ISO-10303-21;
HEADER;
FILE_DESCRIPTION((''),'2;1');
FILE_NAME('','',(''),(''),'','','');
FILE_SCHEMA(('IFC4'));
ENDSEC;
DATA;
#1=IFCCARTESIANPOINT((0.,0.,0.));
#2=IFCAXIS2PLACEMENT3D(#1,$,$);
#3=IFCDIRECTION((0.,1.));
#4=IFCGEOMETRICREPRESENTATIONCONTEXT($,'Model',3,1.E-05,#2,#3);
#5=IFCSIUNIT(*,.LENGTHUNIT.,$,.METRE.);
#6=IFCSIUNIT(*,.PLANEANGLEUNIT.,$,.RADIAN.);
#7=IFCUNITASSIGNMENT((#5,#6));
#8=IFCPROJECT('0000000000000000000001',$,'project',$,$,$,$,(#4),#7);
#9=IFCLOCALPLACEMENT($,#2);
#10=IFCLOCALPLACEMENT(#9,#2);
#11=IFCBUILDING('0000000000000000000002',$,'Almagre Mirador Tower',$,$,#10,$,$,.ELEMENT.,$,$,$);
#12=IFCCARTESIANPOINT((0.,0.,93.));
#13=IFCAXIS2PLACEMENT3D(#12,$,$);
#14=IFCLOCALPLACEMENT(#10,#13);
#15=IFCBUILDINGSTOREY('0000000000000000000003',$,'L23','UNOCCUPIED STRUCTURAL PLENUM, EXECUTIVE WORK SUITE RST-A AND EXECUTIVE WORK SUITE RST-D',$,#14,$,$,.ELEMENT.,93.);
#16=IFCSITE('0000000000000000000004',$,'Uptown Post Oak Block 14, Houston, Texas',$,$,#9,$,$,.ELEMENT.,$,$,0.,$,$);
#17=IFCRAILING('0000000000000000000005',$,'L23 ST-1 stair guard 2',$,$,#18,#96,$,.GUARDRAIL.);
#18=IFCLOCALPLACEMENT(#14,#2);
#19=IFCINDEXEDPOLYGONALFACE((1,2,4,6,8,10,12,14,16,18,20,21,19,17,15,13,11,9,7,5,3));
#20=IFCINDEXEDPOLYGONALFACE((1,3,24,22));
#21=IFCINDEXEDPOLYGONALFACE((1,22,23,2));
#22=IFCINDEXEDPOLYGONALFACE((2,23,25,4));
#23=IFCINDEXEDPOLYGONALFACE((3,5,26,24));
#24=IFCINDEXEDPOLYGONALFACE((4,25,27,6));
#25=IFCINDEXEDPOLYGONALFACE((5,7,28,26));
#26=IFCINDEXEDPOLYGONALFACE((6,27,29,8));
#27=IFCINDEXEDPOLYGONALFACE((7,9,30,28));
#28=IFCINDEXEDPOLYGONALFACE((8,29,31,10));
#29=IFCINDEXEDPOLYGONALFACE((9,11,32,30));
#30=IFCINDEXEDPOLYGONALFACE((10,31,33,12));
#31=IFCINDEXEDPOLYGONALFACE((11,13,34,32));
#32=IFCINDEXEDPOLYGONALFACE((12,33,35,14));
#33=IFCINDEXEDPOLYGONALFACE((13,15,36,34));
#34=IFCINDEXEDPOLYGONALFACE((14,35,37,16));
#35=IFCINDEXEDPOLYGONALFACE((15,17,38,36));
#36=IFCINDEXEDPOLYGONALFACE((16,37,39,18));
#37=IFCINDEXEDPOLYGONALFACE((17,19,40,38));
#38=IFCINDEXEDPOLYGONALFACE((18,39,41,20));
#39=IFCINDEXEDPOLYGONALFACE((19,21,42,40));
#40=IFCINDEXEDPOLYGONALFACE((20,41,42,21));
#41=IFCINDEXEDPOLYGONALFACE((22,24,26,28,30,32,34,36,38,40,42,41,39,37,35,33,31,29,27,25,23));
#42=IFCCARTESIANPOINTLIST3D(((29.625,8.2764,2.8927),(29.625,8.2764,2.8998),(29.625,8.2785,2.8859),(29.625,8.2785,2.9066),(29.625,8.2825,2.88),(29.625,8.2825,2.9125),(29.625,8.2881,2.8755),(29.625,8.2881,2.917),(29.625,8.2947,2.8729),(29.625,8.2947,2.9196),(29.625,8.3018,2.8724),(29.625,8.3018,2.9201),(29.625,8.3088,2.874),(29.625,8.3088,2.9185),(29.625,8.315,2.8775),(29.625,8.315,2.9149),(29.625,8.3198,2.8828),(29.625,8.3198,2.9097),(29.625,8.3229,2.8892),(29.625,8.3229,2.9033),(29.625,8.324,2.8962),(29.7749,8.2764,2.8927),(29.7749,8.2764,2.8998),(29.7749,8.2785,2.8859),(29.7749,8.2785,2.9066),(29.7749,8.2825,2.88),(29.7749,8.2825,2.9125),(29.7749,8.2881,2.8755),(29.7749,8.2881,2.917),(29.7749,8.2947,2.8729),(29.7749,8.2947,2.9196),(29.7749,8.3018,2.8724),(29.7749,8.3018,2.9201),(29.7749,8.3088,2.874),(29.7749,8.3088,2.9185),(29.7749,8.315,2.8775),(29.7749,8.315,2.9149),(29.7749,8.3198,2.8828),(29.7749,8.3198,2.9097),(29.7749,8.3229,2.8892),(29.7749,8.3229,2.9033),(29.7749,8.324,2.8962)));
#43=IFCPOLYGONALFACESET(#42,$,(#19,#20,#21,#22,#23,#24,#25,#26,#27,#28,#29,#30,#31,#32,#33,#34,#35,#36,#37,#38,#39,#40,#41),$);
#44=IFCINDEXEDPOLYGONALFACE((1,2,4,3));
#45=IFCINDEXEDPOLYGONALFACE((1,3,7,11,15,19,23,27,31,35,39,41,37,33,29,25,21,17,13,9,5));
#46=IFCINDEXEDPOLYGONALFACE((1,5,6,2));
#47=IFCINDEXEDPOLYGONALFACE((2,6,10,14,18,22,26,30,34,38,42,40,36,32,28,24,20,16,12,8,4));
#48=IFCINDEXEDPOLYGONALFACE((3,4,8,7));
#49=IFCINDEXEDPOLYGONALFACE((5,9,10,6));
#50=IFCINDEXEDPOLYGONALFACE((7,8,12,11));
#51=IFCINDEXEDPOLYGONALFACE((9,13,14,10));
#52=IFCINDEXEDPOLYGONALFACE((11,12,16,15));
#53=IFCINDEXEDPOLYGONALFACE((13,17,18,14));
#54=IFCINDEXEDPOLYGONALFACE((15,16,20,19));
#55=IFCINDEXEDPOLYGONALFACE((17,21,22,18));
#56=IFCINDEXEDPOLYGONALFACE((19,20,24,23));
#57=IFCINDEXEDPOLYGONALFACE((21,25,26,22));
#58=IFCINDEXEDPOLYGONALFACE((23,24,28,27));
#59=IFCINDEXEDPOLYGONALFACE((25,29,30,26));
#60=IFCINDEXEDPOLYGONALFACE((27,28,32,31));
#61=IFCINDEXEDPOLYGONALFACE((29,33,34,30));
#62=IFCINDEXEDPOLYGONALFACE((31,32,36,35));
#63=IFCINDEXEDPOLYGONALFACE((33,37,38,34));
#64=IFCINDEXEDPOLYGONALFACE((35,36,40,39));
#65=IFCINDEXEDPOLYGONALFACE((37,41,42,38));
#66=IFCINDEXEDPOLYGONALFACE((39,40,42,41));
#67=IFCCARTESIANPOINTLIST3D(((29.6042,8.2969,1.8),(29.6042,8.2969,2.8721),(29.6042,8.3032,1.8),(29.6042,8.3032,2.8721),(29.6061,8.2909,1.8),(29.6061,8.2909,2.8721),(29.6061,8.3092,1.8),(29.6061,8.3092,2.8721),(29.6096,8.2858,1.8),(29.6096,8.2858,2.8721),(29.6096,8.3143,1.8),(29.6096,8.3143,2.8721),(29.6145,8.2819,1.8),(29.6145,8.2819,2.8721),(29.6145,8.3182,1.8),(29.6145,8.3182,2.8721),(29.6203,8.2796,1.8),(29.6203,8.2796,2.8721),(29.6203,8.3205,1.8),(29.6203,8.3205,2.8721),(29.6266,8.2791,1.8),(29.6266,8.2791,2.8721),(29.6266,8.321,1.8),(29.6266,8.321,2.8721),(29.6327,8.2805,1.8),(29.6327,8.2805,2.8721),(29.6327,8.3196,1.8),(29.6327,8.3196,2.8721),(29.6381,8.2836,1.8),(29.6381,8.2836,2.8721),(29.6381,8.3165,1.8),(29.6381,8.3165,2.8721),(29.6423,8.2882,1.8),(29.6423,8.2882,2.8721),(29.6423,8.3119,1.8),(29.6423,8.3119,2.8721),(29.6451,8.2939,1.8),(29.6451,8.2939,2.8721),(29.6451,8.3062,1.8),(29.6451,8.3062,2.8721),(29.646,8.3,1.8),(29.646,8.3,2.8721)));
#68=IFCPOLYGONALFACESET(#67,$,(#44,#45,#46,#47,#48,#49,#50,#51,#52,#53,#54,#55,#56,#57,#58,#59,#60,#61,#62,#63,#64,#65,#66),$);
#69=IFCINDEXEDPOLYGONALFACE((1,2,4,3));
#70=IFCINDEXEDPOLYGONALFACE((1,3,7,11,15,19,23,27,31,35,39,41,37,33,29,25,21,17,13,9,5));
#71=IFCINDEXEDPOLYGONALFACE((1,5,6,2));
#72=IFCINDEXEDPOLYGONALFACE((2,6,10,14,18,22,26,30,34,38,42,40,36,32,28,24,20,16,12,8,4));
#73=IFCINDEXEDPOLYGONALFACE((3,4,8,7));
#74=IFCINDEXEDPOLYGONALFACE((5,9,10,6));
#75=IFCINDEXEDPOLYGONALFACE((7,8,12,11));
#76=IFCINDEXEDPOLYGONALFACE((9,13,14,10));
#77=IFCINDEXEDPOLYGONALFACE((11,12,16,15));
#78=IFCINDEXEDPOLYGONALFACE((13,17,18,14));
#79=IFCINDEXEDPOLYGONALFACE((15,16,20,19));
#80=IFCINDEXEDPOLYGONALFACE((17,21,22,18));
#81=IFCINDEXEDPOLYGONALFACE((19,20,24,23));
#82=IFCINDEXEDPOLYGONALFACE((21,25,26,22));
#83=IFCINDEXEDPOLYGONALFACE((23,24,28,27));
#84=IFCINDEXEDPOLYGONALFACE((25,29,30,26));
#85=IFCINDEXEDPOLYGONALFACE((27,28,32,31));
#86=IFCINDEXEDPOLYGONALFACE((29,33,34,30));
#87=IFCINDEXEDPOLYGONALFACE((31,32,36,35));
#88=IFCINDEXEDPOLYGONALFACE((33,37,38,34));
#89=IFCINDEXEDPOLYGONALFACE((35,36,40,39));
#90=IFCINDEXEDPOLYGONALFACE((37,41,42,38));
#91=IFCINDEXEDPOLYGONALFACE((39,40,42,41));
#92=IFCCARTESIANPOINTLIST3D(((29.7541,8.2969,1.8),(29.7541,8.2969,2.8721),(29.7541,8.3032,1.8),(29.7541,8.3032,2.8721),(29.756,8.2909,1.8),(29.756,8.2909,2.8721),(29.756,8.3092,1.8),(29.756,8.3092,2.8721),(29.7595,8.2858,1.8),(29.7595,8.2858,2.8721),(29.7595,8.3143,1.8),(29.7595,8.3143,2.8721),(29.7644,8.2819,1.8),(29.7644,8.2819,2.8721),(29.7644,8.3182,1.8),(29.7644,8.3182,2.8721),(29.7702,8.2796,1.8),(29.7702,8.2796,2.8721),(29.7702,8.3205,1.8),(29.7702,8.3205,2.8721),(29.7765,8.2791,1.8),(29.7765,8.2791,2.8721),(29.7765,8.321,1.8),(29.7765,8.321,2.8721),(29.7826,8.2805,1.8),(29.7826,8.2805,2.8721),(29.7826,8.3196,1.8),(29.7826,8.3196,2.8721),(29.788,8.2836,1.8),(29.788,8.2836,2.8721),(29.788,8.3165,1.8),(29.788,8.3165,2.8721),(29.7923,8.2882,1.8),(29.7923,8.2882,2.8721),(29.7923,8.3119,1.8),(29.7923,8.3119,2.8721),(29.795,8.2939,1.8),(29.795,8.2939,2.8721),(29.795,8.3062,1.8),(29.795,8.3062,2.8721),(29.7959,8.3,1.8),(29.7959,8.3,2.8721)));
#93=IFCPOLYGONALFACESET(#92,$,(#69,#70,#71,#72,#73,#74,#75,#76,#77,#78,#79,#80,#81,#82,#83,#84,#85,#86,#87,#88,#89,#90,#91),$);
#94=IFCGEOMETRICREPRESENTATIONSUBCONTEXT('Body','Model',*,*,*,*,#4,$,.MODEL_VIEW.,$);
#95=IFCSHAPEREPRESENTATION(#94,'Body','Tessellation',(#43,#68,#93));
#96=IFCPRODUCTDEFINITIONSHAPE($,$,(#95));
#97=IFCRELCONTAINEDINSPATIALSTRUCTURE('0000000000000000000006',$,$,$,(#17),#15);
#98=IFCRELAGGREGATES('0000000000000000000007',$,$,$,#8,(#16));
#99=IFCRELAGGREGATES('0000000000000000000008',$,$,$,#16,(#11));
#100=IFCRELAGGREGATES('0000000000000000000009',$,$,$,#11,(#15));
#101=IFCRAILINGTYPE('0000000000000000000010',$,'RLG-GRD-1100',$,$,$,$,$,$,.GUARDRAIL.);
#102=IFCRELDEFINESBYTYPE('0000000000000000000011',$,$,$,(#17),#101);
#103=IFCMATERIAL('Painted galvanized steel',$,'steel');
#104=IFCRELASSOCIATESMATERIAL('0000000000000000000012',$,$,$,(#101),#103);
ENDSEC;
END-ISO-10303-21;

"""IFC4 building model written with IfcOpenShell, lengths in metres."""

from ifc_helpers import new_model, si_unit, direction, frame, origin, origin_2d, place, context, subcontext, project, spatial, circle, extrude, material, type_object, element, save


model = new_model("IFC4")

# Units and contexts
model_context = context("Model", 3, precision=1e-05, world=origin(), true_north=direction((0.0, 1.0)))
body_context = subcontext(model_context, "Body", "Model", "MODEL_VIEW")
ifc_project = project(units=[si_unit("LENGTHUNIT", "METRE"), si_unit("PLANEANGLEUNIT", "RADIAN")], contexts=[model_context])

# Site, building, storey
site_placement = place(None, origin())
site = spatial("IfcSite", under=ifc_project, at=site_placement, Name="Uptown Post Oak Block 14, Houston, Texas", CompositionType="ELEMENT", RefElevation=0.0)
building_placement = place(site_placement, origin())
building = spatial("IfcBuilding", under=site, at=building_placement, Name="Almagre Mirador Tower", CompositionType="ELEMENT")
storey_placement = place(building_placement, frame((0.0, 0.0, 93.0)))
storey = spatial("IfcBuildingStorey", under=building, at=storey_placement, Name="L23", Description="UNOCCUPIED STRUCTURAL PLENUM, EXECUTIVE WORK SUITE RST-A AND EXECUTIVE WORK SUITE RST-D", CompositionType="ELEMENT", Elevation=93.0)

# Railing
ifc_material_1 = material(Name="Painted galvanized steel", Category="steel")
railing_type_1 = type_object("IfcRailingType", Name="RLG-GRD-1100", PredefinedType="GUARDRAIL", material=ifc_material_1)
railing_1_placement = place(storey_placement, frame((29.625, 8.3, 1.8)))
element("IfcRailing", 1, at=railing_1_placement, inside=storey, type_object=railing_type_1, Name="L23 ST-1 stair guard 2", PredefinedType="GUARDRAIL", context=body_context, shape_type="SweptSolid", body=[
    extrude(circle(Radius=0.0239, at=origin_2d()), frame((0.0, 0.0, 1.0962), z_axis=(1.0, 0.0, 0.0), x_axis=(0.0, 1.0, 0.0)), (0.0, 0.0, 1.0), 0.1499),
    extrude(circle(Radius=0.021, at=origin_2d()), origin(), (0.0, 0.0, 1.0), 1.072),
    extrude(circle(Radius=0.021, at=origin_2d()), frame((0.1499, 0.0, 0.0)), (0.0, 0.0, 1.0), 1.072),
])

save(model, "model.ifc")
